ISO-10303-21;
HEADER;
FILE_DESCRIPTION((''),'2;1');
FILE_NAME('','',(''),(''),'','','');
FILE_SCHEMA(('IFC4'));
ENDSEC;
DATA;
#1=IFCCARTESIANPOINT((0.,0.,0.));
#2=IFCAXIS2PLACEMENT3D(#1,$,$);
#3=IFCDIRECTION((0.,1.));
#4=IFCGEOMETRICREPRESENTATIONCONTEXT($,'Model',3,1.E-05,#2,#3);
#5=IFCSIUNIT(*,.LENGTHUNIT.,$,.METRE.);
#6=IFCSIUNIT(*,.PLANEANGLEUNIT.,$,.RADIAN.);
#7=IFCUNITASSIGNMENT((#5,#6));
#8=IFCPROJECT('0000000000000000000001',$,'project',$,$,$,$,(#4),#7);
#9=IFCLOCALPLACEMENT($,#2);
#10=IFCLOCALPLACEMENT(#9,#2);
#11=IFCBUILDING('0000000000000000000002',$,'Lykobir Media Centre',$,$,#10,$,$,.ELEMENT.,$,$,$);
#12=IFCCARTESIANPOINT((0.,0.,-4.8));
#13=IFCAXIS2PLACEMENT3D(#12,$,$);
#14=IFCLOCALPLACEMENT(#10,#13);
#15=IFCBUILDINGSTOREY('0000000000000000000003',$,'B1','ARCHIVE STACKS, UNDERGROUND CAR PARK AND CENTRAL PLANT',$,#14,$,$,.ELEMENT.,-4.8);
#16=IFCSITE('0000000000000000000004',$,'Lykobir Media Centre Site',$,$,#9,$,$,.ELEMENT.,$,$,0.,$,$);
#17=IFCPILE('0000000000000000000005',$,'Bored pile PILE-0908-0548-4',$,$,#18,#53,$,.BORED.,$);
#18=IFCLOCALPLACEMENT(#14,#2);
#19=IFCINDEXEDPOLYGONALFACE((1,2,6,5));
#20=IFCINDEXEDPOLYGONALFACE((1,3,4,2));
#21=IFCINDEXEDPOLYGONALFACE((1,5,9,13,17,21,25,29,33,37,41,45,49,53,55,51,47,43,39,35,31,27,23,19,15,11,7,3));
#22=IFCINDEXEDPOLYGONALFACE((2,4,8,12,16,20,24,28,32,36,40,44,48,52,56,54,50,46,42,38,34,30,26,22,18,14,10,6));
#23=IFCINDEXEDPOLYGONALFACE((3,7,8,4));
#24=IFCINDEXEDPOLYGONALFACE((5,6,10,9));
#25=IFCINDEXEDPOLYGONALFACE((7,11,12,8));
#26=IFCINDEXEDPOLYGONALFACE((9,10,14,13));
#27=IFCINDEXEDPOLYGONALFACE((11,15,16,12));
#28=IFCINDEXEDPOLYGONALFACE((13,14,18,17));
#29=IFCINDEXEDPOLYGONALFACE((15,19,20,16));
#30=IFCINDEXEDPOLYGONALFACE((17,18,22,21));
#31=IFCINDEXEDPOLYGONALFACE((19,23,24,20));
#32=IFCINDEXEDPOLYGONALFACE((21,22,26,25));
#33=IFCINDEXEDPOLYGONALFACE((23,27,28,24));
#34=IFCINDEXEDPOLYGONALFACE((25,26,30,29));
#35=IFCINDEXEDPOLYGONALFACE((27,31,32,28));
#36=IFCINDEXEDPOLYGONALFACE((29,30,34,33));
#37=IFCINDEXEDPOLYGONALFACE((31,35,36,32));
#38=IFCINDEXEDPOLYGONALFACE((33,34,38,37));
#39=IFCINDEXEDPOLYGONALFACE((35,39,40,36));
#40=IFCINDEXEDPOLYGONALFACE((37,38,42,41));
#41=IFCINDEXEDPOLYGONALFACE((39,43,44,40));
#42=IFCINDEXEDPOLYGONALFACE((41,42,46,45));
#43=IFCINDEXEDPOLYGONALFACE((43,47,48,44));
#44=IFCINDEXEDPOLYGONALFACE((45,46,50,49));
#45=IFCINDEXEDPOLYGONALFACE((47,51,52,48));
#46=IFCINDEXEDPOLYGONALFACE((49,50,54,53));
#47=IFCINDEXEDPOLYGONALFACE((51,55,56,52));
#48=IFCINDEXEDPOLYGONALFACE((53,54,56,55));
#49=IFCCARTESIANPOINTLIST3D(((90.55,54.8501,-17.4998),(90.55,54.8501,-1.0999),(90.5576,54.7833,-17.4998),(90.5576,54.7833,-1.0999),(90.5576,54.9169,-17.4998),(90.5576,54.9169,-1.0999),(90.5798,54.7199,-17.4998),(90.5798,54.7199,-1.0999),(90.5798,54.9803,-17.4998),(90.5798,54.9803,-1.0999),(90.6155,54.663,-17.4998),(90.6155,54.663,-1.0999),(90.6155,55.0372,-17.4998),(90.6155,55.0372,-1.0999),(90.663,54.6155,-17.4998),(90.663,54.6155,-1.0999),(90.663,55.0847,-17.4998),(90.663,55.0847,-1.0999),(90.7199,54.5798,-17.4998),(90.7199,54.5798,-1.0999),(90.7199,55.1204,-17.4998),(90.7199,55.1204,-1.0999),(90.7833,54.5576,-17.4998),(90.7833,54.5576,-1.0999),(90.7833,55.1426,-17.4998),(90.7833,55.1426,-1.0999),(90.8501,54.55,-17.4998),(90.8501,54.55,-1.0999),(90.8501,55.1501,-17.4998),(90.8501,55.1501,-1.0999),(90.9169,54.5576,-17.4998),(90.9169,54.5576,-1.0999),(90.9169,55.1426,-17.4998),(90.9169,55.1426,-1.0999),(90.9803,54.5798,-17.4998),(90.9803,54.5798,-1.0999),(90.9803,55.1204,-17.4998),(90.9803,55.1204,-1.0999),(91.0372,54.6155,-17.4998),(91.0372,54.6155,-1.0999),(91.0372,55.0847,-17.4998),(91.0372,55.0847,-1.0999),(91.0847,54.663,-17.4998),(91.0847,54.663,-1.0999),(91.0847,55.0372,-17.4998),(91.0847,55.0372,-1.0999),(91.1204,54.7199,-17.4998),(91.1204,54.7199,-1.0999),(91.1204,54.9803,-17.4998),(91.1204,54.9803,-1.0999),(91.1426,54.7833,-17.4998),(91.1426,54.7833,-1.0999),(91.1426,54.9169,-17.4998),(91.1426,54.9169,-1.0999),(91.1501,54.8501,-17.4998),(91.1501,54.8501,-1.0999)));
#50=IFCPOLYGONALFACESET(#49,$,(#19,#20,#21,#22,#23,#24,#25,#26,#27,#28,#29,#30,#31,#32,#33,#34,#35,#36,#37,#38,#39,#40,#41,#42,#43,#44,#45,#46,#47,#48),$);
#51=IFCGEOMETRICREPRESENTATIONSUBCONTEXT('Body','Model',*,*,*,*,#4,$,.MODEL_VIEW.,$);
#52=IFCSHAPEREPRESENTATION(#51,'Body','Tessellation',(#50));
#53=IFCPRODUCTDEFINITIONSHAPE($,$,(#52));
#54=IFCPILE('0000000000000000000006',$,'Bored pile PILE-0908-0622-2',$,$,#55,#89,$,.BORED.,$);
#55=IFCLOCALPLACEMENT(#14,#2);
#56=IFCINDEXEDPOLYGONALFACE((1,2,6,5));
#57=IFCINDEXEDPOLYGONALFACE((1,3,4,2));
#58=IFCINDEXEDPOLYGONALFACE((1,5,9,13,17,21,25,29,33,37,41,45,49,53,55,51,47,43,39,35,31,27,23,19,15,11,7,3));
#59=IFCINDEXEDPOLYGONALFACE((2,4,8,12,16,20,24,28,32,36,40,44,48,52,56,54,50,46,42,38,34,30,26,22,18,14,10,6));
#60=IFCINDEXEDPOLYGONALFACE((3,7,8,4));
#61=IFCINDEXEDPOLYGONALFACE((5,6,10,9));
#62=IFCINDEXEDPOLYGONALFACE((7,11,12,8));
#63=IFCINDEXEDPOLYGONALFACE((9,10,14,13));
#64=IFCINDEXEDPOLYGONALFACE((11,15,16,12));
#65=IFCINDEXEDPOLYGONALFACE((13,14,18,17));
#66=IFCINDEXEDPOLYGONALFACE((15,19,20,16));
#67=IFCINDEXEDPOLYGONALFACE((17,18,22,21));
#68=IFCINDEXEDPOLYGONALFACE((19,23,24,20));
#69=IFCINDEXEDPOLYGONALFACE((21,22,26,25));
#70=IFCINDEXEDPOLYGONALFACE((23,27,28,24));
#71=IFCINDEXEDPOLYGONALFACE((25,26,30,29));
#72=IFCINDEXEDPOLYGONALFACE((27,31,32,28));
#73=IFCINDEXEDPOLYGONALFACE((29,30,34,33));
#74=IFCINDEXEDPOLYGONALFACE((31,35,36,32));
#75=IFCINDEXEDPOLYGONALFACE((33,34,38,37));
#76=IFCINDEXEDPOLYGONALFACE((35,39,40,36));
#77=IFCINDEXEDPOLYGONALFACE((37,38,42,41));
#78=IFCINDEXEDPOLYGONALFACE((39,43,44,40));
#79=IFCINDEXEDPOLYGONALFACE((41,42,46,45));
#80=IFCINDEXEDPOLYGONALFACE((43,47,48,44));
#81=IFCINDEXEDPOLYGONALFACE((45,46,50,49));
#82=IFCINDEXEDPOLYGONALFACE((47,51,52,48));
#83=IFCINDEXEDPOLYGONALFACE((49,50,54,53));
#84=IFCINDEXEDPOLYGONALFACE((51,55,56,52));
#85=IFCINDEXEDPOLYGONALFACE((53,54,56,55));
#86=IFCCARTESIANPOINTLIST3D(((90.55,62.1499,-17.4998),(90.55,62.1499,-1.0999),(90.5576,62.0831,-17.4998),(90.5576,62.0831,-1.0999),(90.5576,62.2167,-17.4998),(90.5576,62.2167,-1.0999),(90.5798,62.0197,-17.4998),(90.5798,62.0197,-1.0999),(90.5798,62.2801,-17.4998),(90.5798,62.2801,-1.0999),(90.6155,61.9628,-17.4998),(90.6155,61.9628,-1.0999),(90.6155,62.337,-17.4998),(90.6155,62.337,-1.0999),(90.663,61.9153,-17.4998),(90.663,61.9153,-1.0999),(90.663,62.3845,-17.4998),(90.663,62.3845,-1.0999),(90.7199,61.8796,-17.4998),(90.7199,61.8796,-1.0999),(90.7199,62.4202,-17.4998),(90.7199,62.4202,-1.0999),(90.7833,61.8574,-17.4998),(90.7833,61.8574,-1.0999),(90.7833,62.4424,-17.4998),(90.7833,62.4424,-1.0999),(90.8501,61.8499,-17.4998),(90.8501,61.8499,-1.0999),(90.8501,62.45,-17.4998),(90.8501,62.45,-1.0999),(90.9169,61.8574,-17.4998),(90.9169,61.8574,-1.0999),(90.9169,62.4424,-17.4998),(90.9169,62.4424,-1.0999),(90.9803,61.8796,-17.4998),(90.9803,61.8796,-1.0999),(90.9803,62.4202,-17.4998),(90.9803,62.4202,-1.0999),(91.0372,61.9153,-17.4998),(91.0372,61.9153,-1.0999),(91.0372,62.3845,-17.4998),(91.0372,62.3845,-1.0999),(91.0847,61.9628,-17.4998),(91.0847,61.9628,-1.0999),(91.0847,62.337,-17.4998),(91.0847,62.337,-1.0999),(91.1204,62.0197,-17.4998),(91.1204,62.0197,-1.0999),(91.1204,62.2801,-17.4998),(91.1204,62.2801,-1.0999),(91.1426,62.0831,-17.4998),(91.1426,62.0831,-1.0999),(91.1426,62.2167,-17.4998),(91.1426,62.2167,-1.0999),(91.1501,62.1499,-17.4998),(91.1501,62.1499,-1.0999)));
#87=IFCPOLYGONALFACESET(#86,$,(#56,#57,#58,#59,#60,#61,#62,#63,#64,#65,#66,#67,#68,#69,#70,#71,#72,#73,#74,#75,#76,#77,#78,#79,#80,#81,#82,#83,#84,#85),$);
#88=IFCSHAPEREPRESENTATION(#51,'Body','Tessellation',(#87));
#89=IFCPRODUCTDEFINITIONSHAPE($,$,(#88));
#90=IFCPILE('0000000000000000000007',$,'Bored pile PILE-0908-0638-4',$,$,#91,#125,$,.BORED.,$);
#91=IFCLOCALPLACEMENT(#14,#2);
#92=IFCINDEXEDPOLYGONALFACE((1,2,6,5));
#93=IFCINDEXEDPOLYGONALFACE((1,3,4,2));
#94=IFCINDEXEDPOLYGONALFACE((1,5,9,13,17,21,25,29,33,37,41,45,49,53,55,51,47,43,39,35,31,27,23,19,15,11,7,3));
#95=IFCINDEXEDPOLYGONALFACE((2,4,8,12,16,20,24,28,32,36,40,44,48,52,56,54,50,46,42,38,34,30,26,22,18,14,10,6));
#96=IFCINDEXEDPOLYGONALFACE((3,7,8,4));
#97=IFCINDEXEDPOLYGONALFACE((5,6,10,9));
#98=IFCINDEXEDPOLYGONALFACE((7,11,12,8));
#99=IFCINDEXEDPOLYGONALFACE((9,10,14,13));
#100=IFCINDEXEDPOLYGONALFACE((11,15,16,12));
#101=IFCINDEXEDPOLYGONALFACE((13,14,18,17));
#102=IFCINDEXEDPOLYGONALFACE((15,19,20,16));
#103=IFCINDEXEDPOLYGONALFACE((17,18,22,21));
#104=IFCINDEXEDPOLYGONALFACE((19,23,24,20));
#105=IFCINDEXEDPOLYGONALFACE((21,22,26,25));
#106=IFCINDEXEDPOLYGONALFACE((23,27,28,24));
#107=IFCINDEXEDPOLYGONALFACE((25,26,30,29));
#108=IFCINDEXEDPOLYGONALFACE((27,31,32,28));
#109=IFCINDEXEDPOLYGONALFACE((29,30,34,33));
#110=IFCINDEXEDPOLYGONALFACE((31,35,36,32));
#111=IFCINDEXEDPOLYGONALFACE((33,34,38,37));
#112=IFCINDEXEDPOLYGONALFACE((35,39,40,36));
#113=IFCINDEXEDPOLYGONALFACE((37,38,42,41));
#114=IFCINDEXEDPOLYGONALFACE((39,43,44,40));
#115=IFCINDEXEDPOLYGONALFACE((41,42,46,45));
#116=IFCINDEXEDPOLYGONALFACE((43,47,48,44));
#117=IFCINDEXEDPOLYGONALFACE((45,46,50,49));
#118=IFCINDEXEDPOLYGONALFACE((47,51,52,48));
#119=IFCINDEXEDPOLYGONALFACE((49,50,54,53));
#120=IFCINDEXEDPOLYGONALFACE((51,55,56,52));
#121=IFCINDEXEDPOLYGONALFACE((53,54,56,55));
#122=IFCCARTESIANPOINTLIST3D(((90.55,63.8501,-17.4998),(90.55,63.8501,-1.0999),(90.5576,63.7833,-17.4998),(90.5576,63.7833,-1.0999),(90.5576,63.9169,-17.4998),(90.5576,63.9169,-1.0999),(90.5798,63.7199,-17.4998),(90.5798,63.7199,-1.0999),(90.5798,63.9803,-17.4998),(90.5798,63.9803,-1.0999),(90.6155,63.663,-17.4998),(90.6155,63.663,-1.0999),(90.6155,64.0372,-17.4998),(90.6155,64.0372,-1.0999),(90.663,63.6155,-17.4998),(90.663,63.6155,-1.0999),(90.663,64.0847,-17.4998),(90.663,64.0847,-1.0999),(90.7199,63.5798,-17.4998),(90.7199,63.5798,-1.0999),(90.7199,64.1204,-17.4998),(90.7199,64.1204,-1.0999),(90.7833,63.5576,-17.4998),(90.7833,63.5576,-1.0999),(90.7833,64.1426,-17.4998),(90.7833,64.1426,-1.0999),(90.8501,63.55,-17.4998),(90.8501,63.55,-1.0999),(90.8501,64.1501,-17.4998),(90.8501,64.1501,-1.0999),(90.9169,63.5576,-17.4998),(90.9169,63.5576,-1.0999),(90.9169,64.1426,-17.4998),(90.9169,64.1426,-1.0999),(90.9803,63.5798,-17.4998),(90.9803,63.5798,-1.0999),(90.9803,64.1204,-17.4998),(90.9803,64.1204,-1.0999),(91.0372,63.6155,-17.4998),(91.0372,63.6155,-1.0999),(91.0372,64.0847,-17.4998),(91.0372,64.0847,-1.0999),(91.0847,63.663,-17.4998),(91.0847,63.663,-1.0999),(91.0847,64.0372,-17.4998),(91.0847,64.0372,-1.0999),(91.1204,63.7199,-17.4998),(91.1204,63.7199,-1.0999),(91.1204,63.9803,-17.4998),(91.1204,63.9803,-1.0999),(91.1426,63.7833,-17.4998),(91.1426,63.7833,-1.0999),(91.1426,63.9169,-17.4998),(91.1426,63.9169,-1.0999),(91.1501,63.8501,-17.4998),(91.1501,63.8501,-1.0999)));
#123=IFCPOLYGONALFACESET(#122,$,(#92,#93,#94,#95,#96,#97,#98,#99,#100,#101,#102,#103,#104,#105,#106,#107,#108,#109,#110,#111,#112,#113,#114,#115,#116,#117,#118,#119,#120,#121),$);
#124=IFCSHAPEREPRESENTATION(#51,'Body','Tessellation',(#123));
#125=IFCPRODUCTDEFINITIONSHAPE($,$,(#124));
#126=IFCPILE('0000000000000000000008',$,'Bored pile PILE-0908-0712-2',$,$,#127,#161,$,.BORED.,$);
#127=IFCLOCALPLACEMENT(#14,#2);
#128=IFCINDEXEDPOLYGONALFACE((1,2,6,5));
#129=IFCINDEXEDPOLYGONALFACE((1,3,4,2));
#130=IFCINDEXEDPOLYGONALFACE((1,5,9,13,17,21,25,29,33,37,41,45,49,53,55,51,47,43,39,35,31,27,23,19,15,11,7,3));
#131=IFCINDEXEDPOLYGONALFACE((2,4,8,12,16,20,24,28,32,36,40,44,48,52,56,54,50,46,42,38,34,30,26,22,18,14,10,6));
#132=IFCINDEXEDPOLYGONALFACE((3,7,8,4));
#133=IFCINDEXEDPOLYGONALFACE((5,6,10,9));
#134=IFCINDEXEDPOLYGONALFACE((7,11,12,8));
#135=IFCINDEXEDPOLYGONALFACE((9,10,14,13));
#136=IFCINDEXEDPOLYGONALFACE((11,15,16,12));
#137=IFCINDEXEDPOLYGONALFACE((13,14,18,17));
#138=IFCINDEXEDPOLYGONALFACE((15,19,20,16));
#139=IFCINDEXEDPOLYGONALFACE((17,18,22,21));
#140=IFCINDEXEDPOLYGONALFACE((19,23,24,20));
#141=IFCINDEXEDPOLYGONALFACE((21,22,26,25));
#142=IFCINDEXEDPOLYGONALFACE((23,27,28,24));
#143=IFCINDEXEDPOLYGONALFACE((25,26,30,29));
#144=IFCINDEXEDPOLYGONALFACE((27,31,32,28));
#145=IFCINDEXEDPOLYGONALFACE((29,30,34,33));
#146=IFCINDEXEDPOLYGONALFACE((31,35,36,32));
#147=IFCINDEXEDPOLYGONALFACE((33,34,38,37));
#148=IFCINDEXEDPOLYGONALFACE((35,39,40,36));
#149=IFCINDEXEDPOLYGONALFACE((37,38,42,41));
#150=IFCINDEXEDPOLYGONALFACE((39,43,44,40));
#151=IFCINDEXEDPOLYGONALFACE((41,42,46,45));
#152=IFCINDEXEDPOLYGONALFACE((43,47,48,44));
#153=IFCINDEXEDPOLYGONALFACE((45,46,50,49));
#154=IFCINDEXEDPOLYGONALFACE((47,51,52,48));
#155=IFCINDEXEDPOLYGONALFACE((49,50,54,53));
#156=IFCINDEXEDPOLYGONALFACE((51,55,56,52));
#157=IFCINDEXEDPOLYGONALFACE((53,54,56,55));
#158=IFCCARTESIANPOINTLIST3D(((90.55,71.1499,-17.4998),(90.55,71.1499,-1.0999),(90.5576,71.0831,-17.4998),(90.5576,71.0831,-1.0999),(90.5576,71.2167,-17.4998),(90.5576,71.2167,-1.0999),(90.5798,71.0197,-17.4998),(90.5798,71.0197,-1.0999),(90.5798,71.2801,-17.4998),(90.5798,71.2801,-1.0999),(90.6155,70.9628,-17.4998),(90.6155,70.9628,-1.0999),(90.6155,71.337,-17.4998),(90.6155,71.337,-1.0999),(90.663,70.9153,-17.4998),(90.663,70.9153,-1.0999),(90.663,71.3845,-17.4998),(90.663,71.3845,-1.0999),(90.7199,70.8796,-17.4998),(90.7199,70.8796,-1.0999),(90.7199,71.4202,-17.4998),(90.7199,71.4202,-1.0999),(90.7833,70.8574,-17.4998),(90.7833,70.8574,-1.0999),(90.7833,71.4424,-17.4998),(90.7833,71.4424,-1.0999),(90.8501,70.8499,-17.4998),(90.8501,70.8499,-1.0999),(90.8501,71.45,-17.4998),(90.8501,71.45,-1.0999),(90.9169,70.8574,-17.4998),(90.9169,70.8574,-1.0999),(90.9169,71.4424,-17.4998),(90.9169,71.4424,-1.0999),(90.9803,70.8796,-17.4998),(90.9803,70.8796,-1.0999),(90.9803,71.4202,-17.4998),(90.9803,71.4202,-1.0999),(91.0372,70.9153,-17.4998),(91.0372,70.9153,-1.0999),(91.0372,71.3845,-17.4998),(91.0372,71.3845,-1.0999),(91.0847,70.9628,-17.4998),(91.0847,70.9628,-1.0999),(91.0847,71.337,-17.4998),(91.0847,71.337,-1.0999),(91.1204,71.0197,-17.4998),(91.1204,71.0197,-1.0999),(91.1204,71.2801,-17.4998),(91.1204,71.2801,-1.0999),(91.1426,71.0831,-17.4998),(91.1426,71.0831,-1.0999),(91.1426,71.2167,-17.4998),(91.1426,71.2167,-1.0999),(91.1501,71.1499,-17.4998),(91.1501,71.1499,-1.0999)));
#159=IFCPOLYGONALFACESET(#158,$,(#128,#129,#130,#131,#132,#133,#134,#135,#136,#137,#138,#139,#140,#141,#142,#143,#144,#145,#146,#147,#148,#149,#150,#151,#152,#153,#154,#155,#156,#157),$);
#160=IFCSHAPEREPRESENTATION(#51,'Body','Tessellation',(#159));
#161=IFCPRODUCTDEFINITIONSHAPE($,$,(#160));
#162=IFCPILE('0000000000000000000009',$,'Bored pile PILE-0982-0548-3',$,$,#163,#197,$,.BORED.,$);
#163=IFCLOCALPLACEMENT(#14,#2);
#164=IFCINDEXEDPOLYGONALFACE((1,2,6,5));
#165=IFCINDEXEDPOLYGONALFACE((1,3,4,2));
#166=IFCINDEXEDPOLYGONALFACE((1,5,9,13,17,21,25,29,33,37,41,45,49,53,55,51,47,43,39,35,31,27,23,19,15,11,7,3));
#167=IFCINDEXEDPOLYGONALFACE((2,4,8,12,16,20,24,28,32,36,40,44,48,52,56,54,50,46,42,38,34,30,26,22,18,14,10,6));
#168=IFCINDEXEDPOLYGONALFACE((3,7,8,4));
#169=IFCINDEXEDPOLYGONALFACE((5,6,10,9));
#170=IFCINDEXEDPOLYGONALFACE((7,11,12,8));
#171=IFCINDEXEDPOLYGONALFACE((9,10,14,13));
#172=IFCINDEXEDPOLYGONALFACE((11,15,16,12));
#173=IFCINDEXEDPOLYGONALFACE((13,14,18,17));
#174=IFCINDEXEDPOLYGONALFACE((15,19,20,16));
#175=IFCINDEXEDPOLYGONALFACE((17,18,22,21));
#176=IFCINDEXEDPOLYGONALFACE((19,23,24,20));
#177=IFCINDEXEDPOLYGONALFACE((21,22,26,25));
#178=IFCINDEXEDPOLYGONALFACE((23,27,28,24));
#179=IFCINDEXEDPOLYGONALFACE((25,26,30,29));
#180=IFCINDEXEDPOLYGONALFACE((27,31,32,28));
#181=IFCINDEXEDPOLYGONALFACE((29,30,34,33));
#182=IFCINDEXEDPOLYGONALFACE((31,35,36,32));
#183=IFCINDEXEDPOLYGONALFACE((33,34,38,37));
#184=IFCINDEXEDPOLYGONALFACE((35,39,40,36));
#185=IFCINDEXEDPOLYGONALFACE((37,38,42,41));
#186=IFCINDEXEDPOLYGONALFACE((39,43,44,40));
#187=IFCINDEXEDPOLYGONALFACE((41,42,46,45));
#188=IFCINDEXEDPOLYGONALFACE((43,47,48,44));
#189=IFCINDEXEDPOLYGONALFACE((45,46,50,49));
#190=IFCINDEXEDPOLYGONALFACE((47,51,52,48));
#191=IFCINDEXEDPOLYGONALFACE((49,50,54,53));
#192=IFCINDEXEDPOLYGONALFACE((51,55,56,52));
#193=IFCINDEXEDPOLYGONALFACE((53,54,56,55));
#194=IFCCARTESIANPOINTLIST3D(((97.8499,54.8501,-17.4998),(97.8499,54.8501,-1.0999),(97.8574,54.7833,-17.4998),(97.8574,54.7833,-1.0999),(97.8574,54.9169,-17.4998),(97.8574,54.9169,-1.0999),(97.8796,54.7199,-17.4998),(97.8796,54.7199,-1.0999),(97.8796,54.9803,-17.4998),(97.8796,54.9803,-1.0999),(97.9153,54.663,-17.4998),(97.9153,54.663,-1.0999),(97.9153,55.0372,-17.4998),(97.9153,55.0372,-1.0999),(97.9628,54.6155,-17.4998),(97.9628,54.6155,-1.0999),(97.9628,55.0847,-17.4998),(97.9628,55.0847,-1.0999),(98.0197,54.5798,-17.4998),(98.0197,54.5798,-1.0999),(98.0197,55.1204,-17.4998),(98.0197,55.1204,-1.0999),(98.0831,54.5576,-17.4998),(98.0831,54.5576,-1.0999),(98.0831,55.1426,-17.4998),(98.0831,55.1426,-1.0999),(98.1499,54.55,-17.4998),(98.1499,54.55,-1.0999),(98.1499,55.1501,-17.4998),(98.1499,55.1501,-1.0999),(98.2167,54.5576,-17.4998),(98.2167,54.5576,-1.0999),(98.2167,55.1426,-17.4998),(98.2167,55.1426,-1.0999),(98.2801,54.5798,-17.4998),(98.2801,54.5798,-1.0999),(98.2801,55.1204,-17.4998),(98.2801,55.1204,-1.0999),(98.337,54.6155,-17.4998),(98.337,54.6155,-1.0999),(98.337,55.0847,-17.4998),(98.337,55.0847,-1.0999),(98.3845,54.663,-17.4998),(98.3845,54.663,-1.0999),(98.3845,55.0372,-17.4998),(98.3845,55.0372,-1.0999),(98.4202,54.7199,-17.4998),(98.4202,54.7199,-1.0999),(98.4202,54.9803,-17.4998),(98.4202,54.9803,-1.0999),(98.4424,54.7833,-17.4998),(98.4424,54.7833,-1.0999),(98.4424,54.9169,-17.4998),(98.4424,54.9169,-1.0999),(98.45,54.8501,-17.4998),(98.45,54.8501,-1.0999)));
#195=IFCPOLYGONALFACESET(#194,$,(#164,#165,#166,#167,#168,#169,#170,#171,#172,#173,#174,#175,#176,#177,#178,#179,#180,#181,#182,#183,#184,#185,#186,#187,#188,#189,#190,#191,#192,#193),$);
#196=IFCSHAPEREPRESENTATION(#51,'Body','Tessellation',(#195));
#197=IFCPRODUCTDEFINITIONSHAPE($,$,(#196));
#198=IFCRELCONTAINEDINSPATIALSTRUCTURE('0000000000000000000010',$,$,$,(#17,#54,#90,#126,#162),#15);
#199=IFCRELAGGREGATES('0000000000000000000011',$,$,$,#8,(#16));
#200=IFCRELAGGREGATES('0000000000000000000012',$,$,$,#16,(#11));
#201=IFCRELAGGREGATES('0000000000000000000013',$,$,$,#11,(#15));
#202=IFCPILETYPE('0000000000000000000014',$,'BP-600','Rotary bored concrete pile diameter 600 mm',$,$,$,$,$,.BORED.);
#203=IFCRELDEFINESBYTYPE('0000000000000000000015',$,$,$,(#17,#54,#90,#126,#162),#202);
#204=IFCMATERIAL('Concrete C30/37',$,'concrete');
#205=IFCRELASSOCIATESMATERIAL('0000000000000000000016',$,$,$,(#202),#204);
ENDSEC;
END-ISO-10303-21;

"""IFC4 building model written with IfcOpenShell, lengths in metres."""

from ifc_helpers import new_model, si_unit, direction, frame, origin, origin_2d, place, context, subcontext, project, spatial, circle, extrude, material, material_profile, profile_set, type_object, element, save


model = new_model("IFC4")

# Units and contexts
model_context = context("Model", 3, precision=1e-05, world=origin(), true_north=direction((0.0, 1.0)))
body_context = subcontext(model_context, "Body", "Model", "MODEL_VIEW")
ifc_project = project(units=[si_unit("LENGTHUNIT", "METRE"), si_unit("PLANEANGLEUNIT", "RADIAN")], contexts=[model_context])

# Site, building, storey
site_placement = place(None, origin())
site = spatial("IfcSite", under=ifc_project, at=site_placement, Name="Lykobir Media Centre Site", CompositionType="ELEMENT", RefElevation=0.0)
building_placement = place(site_placement, origin())
building = spatial("IfcBuilding", under=site, at=building_placement, Name="Lykobir Media Centre", CompositionType="ELEMENT")
storey_placement = place(building_placement, frame((0.0, 0.0, -4.8)))
storey = spatial("IfcBuildingStorey", under=building, at=storey_placement, Name="B1", Description="ARCHIVE STACKS, UNDERGROUND CAR PARK AND CENTRAL PLANT", CompositionType="ELEMENT", Elevation=-4.8)

# Piles
ifc_material_1 = material(Name="Concrete C30/37", Category="concrete")
ifc_material_profile_1 = material_profile(ifc_material_1, circle(Radius=0.3, at=origin_2d()), Name="BORED PILE D600")
ifc_profile_set_1 = profile_set([ifc_material_profile_1], Name="Concrete C30/37")
pile_type = type_object("IfcPileType", Name="BP-600", Description="Rotary bored concrete pile diameter 600 mm", PredefinedType="BORED", material=ifc_profile_set_1)
for number, where, z_axis, x_axis, name in (
    (1, (90.8501, 54.8501, -1.0999), (0.0, 0.0, -1.0), (1.0, 0.0, 0.0), "Bored pile PILE-0908-0548-4"),
    (2, (90.8501, 62.1499, -1.0999), (0.0, 0.0, -1.0), (1.0, 0.0, 0.0), "Bored pile PILE-0908-0622-2"),
    (3, (90.8501, 63.8501, -1.0999), (0.0, 0.0, -1.0), (1.0, 0.0, 0.0), "Bored pile PILE-0908-0638-4"),
    (4, (90.8501, 71.1499, -1.0999), (0.0, 0.0, -1.0), (1.0, 0.0, 0.0), "Bored pile PILE-0908-0712-2"),
    (5, (98.1499, 54.8501, -1.0999), (0.0, 0.0, -1.0), (1.0, 0.0, 0.0), "Bored pile PILE-0982-0548-3"),
):
    element("IfcPile", number, at=place(storey_placement, frame(where, z_axis=z_axis, x_axis=x_axis)), inside=storey, type_object=pile_type, Name=name, PredefinedType="BORED", context=body_context, shape_type="SweptSolid", body=[
        extrude(circle(Radius=0.3, at=origin_2d()), origin(), (0.0, 0.0, 1.0), 16.3999),
    ])

save(model, "model.ifc")
